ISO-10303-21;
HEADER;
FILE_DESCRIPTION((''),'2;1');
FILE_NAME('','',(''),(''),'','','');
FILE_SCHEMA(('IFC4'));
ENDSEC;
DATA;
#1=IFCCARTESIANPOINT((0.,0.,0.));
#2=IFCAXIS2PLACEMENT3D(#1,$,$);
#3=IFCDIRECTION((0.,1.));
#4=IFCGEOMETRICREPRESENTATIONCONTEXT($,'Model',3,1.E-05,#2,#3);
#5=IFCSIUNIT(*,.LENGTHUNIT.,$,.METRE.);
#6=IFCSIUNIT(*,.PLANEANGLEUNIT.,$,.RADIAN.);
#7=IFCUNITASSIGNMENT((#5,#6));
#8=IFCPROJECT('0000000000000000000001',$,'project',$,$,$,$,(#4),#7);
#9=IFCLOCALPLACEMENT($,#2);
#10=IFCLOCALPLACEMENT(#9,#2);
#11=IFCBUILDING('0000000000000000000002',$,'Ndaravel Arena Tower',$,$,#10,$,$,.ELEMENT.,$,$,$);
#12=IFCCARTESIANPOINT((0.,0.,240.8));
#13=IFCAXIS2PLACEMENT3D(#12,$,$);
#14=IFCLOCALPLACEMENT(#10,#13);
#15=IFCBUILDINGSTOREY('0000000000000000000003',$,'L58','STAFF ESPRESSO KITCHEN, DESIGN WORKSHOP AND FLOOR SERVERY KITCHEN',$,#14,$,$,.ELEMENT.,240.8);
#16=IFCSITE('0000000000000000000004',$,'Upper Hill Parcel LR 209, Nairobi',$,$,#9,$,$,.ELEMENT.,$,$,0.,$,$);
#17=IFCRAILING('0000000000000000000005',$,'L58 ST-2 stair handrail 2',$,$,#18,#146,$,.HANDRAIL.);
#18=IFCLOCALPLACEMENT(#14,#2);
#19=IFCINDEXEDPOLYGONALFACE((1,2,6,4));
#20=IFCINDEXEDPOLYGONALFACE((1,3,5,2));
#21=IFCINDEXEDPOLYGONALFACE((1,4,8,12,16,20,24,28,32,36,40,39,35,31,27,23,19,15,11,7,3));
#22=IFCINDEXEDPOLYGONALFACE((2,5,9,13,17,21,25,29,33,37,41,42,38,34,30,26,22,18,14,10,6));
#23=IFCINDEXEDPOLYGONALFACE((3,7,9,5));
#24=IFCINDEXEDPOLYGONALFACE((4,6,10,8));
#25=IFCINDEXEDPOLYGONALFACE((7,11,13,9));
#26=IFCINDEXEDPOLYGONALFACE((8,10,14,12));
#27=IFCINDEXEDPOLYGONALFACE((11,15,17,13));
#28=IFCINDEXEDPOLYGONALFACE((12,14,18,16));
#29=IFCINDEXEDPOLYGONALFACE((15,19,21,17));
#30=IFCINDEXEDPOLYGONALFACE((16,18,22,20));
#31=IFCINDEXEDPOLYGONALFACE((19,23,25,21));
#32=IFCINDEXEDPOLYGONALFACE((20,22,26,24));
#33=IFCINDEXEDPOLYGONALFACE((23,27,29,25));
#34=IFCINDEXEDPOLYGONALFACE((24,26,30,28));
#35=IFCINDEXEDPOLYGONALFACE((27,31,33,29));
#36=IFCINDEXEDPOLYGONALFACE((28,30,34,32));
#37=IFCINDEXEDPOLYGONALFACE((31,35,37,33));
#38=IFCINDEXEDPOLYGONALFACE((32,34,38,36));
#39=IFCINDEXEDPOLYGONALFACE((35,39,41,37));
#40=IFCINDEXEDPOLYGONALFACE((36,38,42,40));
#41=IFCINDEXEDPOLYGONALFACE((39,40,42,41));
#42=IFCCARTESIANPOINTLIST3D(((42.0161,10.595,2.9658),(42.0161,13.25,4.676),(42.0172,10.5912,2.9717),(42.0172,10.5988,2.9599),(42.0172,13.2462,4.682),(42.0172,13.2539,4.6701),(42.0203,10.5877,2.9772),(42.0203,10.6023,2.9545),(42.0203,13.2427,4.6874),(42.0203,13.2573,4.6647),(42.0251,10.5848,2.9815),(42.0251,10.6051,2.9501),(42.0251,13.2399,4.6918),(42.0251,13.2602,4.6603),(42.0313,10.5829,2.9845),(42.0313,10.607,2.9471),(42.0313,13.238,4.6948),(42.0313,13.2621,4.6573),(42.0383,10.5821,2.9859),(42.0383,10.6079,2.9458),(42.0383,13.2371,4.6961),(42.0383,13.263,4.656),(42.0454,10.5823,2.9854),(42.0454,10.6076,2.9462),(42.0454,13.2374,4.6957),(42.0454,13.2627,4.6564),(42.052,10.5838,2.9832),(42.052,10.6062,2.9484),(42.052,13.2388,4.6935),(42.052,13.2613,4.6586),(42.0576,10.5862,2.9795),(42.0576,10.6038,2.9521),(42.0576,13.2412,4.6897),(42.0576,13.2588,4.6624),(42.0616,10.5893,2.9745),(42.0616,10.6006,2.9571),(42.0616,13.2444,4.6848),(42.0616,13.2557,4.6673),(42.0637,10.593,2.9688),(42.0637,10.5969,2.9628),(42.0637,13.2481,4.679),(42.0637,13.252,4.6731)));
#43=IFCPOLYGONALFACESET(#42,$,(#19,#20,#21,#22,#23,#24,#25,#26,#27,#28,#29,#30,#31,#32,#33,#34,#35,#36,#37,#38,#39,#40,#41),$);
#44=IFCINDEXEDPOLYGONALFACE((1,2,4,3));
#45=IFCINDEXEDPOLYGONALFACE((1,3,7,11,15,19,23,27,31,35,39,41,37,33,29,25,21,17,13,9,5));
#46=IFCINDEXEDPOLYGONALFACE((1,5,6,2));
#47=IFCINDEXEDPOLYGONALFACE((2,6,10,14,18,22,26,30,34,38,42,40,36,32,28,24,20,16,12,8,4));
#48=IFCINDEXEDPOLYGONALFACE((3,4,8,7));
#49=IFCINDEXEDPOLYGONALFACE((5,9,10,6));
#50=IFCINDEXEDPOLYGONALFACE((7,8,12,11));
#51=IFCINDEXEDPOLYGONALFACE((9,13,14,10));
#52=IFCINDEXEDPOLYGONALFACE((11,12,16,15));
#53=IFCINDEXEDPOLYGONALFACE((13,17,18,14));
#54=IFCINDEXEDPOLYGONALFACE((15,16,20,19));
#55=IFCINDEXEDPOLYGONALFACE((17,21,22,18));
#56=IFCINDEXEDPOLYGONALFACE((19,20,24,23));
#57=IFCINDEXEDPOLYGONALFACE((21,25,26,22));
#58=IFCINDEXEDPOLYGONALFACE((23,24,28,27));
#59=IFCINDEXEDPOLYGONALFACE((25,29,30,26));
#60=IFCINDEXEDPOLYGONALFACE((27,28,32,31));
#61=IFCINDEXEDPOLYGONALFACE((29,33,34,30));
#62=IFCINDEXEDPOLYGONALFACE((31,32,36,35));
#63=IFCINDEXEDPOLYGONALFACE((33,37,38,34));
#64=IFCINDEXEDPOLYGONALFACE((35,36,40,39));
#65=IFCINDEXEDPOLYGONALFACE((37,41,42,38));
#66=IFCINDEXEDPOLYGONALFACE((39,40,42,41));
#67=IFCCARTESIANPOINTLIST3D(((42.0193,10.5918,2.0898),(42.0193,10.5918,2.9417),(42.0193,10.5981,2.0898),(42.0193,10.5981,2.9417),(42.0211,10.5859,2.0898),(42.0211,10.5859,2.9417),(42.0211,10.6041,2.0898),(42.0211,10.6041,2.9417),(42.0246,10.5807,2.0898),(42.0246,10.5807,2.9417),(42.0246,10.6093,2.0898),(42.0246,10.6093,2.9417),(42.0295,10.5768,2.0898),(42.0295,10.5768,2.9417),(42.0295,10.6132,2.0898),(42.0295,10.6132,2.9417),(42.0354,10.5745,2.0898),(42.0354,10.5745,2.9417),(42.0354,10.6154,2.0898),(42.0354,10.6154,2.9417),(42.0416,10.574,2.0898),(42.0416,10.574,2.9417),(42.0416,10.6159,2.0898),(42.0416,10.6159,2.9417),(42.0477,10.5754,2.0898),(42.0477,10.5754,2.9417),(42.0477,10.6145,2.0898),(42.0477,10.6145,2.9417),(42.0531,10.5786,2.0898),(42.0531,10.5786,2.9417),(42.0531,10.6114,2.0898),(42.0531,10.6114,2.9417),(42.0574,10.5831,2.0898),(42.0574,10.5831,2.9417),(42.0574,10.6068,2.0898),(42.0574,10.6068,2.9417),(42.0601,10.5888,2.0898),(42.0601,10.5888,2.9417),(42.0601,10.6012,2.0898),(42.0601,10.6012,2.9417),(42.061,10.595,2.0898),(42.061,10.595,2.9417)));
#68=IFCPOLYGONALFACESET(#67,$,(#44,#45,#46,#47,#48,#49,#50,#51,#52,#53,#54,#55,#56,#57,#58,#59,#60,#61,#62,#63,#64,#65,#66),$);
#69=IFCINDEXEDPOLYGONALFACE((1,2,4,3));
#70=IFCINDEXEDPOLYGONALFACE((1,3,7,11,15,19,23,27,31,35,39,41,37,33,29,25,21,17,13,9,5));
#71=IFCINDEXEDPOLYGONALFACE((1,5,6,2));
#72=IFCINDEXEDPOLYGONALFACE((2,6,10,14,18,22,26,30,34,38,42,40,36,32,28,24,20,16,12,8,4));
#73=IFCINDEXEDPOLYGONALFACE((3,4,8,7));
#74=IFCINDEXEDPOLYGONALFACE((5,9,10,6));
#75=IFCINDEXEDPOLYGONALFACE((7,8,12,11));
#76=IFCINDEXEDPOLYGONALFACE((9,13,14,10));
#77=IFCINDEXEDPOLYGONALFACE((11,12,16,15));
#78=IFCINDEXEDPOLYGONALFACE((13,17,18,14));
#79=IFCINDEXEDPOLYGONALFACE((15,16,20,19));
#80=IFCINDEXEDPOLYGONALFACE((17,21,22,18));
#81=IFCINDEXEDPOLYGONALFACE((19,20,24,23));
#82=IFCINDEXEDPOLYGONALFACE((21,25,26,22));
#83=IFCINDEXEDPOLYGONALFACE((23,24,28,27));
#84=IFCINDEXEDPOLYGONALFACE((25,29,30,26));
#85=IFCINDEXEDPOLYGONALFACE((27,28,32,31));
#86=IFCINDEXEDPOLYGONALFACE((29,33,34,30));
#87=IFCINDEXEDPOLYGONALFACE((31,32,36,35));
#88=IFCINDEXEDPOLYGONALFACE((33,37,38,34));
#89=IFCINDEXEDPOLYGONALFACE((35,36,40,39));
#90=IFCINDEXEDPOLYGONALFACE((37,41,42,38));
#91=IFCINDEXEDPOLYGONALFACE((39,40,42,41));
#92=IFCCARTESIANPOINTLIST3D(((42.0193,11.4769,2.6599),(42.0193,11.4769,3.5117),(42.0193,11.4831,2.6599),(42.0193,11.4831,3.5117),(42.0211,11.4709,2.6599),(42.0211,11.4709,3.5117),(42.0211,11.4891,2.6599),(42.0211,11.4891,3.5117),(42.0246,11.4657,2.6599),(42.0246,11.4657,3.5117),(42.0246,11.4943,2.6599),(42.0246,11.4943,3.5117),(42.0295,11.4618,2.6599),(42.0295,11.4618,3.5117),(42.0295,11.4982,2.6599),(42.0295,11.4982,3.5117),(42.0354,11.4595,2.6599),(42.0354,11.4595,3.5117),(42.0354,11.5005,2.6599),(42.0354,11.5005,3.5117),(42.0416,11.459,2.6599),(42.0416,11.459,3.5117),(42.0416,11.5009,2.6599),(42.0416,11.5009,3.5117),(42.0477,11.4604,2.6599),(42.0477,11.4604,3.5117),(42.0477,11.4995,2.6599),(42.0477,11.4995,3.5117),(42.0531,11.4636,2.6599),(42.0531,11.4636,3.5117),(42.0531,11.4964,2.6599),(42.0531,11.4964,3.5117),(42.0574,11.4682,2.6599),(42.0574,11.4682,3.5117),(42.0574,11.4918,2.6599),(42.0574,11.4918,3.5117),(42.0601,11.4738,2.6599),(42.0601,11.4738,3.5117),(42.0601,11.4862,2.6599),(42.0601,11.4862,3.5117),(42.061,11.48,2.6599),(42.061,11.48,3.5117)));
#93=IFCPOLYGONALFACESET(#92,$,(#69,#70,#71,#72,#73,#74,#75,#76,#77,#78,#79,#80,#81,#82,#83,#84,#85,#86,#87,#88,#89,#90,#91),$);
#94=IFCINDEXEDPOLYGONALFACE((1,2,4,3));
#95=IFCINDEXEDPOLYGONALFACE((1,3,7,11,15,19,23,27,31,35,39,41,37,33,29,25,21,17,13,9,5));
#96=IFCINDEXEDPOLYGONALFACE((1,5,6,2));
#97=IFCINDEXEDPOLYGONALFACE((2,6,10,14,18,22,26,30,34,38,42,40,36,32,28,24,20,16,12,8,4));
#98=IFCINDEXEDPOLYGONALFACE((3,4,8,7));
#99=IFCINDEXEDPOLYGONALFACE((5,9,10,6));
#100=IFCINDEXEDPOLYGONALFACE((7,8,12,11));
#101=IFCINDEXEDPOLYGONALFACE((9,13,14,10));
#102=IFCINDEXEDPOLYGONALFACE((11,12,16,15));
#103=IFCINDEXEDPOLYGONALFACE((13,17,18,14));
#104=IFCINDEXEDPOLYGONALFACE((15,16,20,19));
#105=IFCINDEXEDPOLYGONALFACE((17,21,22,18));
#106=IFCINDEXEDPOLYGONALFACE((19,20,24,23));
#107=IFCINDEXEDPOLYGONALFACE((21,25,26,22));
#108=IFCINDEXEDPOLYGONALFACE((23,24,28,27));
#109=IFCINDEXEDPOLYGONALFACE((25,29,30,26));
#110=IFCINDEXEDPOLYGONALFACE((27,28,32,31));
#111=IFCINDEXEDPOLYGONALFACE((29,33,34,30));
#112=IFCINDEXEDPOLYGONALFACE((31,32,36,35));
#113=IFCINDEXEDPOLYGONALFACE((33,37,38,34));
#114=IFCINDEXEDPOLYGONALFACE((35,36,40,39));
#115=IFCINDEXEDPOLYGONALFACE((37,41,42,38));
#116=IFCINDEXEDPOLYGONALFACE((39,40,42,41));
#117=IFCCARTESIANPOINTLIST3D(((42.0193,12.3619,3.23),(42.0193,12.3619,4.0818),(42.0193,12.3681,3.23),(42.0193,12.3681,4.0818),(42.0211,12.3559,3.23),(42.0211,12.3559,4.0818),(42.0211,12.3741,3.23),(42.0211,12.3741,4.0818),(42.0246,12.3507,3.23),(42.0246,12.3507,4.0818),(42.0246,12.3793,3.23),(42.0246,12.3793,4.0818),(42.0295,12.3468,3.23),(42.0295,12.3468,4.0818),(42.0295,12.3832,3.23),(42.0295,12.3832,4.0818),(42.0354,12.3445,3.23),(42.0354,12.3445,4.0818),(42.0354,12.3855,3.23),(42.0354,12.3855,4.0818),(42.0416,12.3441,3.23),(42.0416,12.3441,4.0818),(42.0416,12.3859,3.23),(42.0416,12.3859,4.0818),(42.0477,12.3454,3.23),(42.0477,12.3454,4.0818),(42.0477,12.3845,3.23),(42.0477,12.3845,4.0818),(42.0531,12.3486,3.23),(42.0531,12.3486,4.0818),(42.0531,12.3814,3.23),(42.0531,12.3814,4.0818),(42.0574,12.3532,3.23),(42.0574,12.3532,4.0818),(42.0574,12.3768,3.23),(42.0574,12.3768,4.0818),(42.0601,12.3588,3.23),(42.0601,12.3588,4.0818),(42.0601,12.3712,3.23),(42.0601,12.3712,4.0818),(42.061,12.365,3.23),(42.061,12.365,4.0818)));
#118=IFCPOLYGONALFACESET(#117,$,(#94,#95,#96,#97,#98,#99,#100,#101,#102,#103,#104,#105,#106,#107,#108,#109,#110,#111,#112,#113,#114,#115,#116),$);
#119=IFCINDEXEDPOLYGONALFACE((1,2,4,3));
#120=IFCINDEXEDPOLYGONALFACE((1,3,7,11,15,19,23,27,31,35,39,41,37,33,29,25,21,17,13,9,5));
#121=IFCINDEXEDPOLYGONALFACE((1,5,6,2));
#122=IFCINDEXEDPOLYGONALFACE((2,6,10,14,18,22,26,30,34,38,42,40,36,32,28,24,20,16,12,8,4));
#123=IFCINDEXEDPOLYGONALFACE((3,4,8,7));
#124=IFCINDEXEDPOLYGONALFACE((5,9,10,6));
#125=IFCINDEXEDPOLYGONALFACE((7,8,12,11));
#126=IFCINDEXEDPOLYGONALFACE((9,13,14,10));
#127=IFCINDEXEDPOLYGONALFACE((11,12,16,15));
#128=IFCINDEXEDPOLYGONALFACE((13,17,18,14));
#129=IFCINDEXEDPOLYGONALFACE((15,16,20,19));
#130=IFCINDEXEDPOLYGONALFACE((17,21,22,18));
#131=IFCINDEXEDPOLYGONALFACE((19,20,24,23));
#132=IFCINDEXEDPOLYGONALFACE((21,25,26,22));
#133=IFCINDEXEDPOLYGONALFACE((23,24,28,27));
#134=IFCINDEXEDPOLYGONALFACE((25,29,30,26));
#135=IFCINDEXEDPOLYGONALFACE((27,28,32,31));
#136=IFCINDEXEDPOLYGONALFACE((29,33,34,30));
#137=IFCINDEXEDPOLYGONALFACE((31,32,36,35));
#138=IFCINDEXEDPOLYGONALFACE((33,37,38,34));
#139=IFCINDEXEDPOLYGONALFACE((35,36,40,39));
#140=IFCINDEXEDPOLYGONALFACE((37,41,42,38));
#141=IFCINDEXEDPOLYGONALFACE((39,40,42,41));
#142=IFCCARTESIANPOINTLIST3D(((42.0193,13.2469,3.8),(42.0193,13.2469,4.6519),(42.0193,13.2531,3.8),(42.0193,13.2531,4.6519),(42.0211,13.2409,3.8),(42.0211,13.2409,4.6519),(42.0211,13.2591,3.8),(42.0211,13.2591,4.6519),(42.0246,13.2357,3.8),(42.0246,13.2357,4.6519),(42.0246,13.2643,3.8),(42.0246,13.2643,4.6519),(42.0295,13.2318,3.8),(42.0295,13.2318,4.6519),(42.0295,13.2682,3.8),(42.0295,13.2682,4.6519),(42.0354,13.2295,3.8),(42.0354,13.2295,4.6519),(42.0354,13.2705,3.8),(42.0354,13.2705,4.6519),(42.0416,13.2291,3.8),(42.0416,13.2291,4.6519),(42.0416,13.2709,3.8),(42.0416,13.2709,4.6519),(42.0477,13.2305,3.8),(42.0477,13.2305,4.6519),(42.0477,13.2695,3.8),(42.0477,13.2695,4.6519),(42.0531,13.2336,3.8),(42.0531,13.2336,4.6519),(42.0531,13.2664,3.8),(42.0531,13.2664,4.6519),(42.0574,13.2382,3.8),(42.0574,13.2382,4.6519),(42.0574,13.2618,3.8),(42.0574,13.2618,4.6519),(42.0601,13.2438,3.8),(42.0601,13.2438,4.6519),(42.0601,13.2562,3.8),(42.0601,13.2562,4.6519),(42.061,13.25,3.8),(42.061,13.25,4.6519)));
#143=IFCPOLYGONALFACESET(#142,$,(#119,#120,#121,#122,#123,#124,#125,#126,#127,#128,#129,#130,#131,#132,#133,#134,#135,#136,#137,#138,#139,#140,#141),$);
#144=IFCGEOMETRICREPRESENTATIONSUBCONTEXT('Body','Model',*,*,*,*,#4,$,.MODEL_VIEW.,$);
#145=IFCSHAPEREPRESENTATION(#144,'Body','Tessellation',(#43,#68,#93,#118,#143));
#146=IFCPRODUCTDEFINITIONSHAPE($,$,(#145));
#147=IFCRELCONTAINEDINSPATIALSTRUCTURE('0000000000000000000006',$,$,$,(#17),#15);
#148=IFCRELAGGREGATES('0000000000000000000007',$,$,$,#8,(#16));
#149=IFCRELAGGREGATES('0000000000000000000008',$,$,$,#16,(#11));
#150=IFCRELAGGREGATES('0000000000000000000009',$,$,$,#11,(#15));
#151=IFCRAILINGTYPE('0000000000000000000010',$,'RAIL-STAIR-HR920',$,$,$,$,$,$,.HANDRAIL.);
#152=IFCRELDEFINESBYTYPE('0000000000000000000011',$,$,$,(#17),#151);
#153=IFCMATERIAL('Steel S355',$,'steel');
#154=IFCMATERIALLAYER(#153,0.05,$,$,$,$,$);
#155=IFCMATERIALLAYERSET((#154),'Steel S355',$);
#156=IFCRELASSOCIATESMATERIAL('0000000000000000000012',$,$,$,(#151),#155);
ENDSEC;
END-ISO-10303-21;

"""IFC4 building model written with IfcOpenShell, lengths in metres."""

from ifc_helpers import new_model, si_unit, direction, frame, origin, origin_2d, place, context, subcontext, project, spatial, circle, extrude, material, layer, layer_set, type_object, element, save


model = new_model("IFC4")

# Units and contexts
model_context = context("Model", 3, precision=1e-05, world=origin(), true_north=direction((0.0, 1.0)))
body_context = subcontext(model_context, "Body", "Model", "MODEL_VIEW")
ifc_project = project(units=[si_unit("LENGTHUNIT", "METRE"), si_unit("PLANEANGLEUNIT", "RADIAN")], contexts=[model_context])

# Site, building, storey
site_placement = place(None, origin())
site = spatial("IfcSite", under=ifc_project, at=site_placement, Name="Upper Hill Parcel LR 209, Nairobi", CompositionType="ELEMENT", RefElevation=0.0)
building_placement = place(site_placement, origin())
building = spatial("IfcBuilding", under=site, at=building_placement, Name="Ndaravel Arena Tower", CompositionType="ELEMENT")
storey_placement = place(building_placement, frame((0.0, 0.0, 240.8)))
storey = spatial("IfcBuildingStorey", under=building, at=storey_placement, Name="L58", Description="STAFF ESPRESSO KITCHEN, DESIGN WORKSHOP AND FLOOR SERVERY KITCHEN", CompositionType="ELEMENT", Elevation=240.8)

# Railing
ifc_material_1 = material(Name="Steel S355", Category="steel")
ifc_layer_1 = layer(ifc_material_1, 0.05)
ifc_layer_set_1 = layer_set([ifc_layer_1], Name="Steel S355")
railing_type_1 = type_object("IfcRailingType", Name="RAIL-STAIR-HR920", PredefinedType="HANDRAIL", material=ifc_layer_set_1)
railing_1_placement = place(storey_placement, frame((42.04, 10.595, 2.0898)))
element("IfcRailing", 1, at=railing_1_placement, inside=storey, type_object=railing_type_1, Name="L58 ST-2 stair handrail 2", PredefinedType="HANDRAIL", context=body_context, shape_type="SweptSolid", body=[
    extrude(circle(Radius=0.0239, at=origin_2d()), frame((0.0, 0.0, 0.876), z_axis=(0.0, 0.840688, 0.541519), x_axis=(-1.0, 0.0, 0.0)), (0.0, 0.0, 1.0), 3.1582),
    extrude(circle(Radius=0.021, at=origin_2d()), origin(), (0.0, 0.0, 1.0), 0.8518),
    extrude(circle(Radius=0.021, at=origin_2d()), frame((0.0, 0.885, 0.5701)), (0.0, 0.0, 1.0), 0.8518),
    extrude(circle(Radius=0.021, at=origin_2d()), frame((0.0, 1.77, 1.1401)), (0.0, 0.0, 1.0), 0.8518),
    extrude(circle(Radius=0.021, at=origin_2d()), frame((0.0, 2.655, 1.7102)), (0.0, 0.0, 1.0), 0.8518),
])

save(model, "model.ifc")
